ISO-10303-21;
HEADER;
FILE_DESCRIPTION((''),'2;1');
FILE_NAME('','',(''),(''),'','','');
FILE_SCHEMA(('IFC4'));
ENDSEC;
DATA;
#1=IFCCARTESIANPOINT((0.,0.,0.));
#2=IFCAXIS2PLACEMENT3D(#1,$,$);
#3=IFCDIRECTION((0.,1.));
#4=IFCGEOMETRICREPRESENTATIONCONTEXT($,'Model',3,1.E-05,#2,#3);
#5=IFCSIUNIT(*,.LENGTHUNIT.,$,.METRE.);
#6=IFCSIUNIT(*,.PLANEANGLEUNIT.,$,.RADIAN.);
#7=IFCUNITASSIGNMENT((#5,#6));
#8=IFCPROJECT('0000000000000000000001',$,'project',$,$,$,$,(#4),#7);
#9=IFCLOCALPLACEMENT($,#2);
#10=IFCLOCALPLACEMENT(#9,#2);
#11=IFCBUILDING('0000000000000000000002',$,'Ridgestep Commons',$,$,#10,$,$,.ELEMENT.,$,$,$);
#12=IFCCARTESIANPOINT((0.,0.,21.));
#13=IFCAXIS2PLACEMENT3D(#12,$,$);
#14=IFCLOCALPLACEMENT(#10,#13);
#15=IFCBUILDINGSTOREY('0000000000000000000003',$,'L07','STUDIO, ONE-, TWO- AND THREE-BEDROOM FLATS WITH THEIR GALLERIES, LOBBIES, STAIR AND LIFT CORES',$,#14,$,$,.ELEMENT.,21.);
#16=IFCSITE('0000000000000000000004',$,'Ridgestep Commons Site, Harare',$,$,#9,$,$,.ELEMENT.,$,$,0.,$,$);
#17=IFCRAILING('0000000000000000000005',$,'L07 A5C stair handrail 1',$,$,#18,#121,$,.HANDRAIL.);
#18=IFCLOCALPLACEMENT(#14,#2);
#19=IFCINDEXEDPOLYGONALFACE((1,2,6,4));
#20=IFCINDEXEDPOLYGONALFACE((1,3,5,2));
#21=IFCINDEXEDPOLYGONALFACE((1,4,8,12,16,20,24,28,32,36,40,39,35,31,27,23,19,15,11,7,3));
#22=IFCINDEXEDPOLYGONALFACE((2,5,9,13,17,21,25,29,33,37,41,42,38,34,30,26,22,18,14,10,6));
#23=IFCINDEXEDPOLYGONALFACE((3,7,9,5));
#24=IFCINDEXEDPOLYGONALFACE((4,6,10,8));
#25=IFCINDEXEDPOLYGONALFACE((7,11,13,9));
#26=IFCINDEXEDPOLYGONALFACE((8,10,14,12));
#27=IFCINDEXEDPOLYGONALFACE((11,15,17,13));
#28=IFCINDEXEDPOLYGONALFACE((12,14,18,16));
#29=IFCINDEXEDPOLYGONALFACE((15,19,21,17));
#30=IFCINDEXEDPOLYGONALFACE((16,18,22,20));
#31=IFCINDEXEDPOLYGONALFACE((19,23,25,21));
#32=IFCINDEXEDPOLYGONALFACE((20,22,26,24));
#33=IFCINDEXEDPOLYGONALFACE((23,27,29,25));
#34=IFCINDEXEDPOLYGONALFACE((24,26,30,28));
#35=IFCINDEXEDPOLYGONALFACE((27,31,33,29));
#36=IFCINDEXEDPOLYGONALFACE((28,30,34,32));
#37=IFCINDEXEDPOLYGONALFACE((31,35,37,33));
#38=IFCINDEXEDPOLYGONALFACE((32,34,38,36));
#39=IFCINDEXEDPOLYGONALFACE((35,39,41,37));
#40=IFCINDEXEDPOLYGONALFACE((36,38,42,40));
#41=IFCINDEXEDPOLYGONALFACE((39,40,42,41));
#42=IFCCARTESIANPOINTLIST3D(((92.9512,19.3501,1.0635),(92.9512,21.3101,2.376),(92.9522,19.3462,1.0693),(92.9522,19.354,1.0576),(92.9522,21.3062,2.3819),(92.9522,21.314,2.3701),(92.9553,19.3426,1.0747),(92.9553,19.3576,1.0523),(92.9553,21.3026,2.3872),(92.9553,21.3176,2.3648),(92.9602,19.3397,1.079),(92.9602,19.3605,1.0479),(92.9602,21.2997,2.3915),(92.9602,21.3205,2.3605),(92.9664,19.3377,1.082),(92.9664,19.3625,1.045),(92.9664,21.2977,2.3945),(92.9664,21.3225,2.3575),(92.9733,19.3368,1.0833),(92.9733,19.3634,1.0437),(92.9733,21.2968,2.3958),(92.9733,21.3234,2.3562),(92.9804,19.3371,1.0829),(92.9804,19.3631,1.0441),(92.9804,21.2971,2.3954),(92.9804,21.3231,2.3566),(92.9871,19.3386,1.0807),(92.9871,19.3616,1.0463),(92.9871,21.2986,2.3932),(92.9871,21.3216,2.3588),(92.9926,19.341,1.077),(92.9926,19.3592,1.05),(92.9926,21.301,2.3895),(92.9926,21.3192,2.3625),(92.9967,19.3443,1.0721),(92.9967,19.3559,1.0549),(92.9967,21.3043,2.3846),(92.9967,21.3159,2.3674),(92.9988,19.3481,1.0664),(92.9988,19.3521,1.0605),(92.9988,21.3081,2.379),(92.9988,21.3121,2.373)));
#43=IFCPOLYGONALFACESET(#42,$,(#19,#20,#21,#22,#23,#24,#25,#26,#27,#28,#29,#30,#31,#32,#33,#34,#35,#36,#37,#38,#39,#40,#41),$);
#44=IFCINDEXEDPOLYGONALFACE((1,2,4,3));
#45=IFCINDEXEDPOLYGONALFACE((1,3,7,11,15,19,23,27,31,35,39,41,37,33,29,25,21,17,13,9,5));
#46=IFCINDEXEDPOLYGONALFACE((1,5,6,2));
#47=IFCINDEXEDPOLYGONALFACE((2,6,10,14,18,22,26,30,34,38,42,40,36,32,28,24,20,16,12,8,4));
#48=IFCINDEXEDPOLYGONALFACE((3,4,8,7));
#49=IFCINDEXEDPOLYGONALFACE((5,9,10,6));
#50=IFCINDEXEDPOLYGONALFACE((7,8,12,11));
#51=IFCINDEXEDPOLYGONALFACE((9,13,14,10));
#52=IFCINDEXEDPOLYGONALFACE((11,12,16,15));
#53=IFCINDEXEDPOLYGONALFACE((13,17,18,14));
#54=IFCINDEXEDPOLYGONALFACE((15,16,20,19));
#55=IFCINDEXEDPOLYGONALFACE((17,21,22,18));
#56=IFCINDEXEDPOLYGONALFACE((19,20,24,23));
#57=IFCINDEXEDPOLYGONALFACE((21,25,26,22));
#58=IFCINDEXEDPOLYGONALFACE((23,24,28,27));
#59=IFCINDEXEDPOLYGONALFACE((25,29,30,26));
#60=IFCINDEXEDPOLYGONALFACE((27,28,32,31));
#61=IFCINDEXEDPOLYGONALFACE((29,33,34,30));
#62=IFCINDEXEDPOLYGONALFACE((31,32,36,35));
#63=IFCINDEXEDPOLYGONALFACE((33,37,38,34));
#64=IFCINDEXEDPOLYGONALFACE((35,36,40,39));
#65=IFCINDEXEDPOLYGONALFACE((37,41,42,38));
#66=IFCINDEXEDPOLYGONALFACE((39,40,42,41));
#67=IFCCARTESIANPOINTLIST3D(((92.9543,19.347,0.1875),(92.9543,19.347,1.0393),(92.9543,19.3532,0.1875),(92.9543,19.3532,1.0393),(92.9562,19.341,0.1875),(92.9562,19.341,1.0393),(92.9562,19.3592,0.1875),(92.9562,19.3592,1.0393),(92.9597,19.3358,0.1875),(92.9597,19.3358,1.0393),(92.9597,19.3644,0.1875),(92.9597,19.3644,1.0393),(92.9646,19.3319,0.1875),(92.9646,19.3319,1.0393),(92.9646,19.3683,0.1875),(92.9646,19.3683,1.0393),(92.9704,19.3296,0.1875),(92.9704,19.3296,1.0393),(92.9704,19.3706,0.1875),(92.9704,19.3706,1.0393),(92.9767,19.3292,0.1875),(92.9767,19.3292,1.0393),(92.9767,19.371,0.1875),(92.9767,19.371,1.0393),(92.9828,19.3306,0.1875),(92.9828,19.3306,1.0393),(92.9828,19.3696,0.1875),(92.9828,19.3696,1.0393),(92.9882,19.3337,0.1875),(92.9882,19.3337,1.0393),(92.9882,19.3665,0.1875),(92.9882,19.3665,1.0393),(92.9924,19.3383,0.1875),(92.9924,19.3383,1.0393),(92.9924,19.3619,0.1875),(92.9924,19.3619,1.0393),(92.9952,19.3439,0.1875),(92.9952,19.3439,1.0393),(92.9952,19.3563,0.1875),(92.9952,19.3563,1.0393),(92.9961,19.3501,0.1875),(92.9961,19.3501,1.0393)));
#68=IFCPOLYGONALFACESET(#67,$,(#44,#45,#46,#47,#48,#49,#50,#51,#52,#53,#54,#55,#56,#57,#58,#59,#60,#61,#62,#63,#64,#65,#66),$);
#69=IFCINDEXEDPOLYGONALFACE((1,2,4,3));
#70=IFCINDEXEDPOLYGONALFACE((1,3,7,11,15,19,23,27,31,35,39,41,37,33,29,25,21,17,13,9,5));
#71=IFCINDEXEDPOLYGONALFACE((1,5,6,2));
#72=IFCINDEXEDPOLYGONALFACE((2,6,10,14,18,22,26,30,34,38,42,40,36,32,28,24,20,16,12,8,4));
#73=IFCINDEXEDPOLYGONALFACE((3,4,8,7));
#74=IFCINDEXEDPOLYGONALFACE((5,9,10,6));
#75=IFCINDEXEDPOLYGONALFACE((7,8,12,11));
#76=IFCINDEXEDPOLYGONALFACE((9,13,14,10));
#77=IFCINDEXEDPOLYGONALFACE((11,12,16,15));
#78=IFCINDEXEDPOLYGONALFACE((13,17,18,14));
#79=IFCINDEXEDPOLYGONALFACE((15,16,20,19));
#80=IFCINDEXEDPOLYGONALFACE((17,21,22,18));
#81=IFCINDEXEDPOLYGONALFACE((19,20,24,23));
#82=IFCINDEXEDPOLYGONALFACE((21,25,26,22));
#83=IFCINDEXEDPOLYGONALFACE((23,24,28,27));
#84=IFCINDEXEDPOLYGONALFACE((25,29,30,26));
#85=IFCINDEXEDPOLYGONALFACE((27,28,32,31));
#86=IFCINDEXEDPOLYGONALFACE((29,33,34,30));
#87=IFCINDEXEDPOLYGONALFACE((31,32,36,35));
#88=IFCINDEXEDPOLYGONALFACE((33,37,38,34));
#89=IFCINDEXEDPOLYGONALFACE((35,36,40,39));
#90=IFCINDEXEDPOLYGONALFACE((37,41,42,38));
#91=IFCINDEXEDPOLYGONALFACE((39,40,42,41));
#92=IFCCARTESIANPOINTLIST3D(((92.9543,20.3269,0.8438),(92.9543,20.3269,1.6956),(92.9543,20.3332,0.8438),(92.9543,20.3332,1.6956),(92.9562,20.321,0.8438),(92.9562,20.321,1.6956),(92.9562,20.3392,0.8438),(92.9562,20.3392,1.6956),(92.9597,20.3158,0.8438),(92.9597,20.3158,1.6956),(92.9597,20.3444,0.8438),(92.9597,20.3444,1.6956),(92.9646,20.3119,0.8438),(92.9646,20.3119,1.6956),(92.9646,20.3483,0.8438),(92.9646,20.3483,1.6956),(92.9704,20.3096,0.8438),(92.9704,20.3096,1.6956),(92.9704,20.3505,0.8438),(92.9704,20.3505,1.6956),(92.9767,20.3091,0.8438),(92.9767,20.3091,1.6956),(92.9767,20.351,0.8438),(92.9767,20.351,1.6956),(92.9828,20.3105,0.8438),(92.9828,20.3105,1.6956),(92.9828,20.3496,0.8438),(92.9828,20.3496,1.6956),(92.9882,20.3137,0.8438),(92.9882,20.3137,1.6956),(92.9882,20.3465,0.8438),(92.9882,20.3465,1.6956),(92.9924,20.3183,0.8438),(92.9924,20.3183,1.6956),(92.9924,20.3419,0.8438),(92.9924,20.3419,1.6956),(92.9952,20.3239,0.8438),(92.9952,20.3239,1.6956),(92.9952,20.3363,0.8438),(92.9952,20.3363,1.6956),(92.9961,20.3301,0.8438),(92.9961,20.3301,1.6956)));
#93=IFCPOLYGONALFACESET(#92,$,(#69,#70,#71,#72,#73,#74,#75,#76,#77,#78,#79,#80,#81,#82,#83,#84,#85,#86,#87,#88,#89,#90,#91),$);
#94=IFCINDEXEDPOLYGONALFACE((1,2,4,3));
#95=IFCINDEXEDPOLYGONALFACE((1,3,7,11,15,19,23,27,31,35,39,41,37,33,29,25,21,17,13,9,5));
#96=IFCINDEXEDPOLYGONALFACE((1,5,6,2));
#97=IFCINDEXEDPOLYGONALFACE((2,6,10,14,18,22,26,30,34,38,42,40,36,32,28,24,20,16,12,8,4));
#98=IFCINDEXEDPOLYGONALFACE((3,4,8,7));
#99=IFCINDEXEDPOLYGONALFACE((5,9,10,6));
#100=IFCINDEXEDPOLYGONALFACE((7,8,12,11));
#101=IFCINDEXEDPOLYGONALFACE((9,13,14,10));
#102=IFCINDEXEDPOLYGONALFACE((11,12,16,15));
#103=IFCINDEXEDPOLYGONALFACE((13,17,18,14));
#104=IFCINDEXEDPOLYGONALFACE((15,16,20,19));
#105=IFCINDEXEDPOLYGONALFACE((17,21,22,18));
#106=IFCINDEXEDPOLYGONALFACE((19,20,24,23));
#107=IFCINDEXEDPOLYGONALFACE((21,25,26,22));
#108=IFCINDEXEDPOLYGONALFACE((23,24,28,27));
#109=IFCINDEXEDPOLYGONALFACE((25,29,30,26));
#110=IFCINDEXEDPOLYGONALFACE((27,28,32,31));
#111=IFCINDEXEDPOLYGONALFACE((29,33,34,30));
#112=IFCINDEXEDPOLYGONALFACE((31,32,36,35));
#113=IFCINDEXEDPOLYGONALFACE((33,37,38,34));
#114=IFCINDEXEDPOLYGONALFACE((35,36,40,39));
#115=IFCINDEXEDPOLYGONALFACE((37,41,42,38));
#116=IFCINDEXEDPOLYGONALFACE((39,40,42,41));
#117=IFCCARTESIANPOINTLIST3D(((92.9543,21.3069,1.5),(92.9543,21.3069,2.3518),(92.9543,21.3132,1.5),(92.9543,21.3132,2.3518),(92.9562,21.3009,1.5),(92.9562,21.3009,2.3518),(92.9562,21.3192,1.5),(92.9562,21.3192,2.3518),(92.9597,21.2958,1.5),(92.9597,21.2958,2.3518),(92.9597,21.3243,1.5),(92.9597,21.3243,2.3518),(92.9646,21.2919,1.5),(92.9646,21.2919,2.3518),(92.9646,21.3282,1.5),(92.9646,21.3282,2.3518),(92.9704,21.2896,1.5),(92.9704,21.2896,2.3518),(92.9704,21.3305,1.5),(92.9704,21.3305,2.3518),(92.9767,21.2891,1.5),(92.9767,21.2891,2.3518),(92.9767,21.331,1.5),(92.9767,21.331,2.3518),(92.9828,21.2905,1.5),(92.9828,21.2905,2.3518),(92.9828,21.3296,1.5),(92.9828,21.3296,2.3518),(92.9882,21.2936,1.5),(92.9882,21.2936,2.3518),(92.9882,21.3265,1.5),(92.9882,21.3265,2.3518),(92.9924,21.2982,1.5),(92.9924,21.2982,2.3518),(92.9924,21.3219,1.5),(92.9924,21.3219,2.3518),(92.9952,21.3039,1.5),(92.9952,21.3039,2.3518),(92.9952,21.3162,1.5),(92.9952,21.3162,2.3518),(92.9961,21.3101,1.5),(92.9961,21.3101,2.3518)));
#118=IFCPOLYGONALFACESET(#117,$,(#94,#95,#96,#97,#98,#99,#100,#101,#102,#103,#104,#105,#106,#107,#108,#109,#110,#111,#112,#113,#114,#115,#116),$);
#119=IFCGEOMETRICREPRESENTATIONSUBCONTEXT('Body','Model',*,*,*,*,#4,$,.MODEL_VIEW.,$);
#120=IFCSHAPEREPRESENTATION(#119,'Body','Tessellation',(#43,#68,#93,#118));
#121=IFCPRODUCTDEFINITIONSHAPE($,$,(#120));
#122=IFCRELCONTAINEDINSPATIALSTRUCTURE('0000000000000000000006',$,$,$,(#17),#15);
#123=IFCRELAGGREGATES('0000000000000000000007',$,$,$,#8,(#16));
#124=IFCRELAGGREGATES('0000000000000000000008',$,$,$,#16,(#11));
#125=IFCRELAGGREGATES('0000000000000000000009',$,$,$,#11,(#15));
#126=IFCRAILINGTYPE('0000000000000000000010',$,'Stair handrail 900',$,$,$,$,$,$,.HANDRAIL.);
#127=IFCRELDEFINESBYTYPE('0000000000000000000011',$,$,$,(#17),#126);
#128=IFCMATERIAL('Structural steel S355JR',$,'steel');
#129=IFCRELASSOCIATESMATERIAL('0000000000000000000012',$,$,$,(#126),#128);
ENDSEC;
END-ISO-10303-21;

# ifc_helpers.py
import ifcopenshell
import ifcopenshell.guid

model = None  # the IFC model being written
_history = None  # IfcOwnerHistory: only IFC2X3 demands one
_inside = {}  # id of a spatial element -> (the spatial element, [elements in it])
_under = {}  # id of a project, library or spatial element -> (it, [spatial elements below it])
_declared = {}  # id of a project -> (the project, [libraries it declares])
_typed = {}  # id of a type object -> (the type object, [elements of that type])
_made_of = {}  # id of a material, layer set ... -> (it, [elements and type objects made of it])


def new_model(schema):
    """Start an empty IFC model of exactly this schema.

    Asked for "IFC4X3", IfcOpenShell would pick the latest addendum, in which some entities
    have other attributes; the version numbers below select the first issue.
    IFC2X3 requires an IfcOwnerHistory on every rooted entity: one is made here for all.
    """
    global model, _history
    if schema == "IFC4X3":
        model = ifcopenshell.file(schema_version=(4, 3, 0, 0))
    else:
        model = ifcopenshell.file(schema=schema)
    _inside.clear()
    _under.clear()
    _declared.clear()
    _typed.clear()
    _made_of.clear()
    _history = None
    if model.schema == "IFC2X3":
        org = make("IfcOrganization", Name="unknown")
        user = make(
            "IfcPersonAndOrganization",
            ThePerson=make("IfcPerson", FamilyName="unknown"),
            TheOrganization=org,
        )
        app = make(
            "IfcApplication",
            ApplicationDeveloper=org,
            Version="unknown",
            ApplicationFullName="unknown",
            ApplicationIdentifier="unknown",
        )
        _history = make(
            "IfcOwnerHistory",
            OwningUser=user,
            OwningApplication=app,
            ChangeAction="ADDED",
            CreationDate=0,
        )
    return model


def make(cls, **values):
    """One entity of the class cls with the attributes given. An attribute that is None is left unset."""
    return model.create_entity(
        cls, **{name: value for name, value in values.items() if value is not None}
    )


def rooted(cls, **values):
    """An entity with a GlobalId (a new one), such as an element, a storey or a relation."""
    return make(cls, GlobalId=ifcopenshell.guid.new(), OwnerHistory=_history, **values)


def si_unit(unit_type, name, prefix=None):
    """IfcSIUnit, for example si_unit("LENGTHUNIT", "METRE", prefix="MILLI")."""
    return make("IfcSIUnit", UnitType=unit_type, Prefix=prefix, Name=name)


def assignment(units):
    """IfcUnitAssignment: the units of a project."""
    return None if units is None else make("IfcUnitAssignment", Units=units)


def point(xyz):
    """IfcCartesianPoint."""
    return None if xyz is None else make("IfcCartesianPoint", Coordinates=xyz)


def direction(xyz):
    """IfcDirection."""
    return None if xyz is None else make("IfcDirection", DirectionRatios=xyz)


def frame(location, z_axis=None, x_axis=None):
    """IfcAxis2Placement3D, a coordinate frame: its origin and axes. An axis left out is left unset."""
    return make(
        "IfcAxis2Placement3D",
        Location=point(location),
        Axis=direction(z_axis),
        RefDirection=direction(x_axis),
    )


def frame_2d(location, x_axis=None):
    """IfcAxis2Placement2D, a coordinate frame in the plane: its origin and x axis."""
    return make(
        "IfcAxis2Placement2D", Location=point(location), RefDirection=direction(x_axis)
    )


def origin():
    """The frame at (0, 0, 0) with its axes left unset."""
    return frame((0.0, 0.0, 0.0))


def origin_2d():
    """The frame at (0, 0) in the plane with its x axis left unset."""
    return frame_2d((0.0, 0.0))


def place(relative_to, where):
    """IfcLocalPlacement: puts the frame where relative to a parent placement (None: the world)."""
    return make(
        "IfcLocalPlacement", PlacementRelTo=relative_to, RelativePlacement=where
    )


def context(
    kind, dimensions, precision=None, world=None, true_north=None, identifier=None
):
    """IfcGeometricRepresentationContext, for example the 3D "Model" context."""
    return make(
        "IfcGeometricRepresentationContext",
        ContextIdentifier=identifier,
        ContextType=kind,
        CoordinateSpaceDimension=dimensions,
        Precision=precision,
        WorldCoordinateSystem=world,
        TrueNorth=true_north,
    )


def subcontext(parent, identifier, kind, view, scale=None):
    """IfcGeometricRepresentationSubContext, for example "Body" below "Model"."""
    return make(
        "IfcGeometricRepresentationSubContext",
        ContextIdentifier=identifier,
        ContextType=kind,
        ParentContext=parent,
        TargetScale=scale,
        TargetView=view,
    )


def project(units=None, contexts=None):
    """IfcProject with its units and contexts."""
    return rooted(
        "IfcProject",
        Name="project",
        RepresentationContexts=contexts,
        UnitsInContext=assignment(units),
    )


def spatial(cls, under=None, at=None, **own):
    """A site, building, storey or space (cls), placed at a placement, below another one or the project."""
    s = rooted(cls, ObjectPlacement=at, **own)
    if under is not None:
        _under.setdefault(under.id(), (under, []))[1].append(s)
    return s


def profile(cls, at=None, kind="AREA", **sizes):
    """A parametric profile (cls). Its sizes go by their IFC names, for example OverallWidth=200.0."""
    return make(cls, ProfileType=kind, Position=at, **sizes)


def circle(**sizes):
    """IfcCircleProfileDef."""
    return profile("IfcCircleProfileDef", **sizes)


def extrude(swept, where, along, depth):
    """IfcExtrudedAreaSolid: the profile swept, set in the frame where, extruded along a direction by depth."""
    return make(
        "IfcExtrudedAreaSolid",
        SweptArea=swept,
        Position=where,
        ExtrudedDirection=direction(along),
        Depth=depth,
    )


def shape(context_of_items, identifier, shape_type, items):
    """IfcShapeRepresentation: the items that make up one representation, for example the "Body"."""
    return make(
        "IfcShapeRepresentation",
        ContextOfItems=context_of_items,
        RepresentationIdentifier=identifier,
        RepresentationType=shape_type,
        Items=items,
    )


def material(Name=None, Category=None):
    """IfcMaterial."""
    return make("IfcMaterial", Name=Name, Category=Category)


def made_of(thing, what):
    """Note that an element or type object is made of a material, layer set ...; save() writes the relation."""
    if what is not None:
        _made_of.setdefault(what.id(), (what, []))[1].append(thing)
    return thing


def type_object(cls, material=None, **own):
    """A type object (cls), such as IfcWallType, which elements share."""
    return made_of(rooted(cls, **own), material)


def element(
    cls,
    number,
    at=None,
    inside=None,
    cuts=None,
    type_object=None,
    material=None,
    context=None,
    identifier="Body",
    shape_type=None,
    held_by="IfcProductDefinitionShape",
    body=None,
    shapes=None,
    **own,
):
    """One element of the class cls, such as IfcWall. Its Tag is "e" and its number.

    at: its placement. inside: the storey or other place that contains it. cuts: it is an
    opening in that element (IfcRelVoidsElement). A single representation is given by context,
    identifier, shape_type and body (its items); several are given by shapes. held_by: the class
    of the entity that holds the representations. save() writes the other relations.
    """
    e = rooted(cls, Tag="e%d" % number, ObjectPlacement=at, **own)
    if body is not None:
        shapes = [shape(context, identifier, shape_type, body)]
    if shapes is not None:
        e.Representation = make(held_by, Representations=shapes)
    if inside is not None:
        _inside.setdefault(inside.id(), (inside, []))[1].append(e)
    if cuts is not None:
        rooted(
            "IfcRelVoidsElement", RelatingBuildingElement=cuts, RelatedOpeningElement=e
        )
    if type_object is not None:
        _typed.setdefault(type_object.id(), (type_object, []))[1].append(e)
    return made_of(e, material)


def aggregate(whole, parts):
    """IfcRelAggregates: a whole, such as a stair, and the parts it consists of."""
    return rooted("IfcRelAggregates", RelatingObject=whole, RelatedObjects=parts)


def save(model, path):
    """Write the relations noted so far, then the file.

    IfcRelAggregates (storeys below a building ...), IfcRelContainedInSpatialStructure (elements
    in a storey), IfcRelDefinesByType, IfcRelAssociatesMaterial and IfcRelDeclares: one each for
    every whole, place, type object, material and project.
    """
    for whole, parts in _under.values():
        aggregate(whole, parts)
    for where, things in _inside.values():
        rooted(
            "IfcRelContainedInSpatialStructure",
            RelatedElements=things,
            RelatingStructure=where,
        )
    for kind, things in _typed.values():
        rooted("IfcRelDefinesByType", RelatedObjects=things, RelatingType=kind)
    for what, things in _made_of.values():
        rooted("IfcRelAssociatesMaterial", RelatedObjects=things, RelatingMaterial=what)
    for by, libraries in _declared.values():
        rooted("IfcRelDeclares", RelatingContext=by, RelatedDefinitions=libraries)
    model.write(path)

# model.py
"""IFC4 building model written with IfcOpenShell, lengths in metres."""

from ifc_helpers import new_model, si_unit, direction, frame, origin, origin_2d, place, context, subcontext, project, spatial, circle, extrude, material, type_object, element, save


model = new_model("IFC4")

# Units and contexts
model_context = context("Model", 3, precision=1e-05, world=origin(), true_north=direction((0.0, 1.0)))
body_context = subcontext(model_context, "Body", "Model", "MODEL_VIEW")
ifc_project = project(units=[si_unit("LENGTHUNIT", "METRE"), si_unit("PLANEANGLEUNIT", "RADIAN")], contexts=[model_context])

# Site, building, storey
site_placement = place(None, origin())
site = spatial("IfcSite", under=ifc_project, at=site_placement, Name="Ridgestep Commons Site, Harare", CompositionType="ELEMENT", RefElevation=0.0)
building_placement = place(site_placement, origin())
building = spatial("IfcBuilding", under=site, at=building_placement, Name="Ridgestep Commons", CompositionType="ELEMENT")
storey_placement = place(building_placement, frame((0.0, 0.0, 21.0)))
storey = spatial("IfcBuildingStorey", under=building, at=storey_placement, Name="L07", Description="STUDIO, ONE-, TWO- AND THREE-BEDROOM FLATS WITH THEIR GALLERIES, LOBBIES, STAIR AND LIFT CORES", CompositionType="ELEMENT", Elevation=21.0)

# Railing
ifc_material_1 = material(Name="Structural steel S355JR", Category="steel")
railing_type_1 = type_object("IfcRailingType", Name="Stair handrail 900", PredefinedType="HANDRAIL", material=ifc_material_1)
railing_1_placement = place(storey_placement, frame((92.9751, 19.3501, 0.1875)))
element("IfcRailing", 1, at=railing_1_placement, inside=storey, type_object=railing_type_1, Name="L07 A5C stair handrail 1", PredefinedType="HANDRAIL", context=body_context, shape_type="SweptSolid", body=[
    extrude(circle(Radius=0.0239, at=origin_2d()), frame((0.0, 0.0, 0.876), z_axis=(0.0, 0.830902, 0.556419), x_axis=(-1.0, 0.0, 0.0)), (0.0, 0.0, 1.0), 2.3589),
    extrude(circle(Radius=0.021, at=origin_2d()), origin(), (0.0, 0.0, 1.0), 0.8518),
    extrude(circle(Radius=0.021, at=origin_2d()), frame((0.0, 0.98, 0.6562)), (0.0, 0.0, 1.0), 0.8518),
    extrude(circle(Radius=0.021, at=origin_2d()), frame((0.0, 1.96, 1.3125)), (0.0, 0.0, 1.0), 0.8518),
])

save(model, "model.ifc")
